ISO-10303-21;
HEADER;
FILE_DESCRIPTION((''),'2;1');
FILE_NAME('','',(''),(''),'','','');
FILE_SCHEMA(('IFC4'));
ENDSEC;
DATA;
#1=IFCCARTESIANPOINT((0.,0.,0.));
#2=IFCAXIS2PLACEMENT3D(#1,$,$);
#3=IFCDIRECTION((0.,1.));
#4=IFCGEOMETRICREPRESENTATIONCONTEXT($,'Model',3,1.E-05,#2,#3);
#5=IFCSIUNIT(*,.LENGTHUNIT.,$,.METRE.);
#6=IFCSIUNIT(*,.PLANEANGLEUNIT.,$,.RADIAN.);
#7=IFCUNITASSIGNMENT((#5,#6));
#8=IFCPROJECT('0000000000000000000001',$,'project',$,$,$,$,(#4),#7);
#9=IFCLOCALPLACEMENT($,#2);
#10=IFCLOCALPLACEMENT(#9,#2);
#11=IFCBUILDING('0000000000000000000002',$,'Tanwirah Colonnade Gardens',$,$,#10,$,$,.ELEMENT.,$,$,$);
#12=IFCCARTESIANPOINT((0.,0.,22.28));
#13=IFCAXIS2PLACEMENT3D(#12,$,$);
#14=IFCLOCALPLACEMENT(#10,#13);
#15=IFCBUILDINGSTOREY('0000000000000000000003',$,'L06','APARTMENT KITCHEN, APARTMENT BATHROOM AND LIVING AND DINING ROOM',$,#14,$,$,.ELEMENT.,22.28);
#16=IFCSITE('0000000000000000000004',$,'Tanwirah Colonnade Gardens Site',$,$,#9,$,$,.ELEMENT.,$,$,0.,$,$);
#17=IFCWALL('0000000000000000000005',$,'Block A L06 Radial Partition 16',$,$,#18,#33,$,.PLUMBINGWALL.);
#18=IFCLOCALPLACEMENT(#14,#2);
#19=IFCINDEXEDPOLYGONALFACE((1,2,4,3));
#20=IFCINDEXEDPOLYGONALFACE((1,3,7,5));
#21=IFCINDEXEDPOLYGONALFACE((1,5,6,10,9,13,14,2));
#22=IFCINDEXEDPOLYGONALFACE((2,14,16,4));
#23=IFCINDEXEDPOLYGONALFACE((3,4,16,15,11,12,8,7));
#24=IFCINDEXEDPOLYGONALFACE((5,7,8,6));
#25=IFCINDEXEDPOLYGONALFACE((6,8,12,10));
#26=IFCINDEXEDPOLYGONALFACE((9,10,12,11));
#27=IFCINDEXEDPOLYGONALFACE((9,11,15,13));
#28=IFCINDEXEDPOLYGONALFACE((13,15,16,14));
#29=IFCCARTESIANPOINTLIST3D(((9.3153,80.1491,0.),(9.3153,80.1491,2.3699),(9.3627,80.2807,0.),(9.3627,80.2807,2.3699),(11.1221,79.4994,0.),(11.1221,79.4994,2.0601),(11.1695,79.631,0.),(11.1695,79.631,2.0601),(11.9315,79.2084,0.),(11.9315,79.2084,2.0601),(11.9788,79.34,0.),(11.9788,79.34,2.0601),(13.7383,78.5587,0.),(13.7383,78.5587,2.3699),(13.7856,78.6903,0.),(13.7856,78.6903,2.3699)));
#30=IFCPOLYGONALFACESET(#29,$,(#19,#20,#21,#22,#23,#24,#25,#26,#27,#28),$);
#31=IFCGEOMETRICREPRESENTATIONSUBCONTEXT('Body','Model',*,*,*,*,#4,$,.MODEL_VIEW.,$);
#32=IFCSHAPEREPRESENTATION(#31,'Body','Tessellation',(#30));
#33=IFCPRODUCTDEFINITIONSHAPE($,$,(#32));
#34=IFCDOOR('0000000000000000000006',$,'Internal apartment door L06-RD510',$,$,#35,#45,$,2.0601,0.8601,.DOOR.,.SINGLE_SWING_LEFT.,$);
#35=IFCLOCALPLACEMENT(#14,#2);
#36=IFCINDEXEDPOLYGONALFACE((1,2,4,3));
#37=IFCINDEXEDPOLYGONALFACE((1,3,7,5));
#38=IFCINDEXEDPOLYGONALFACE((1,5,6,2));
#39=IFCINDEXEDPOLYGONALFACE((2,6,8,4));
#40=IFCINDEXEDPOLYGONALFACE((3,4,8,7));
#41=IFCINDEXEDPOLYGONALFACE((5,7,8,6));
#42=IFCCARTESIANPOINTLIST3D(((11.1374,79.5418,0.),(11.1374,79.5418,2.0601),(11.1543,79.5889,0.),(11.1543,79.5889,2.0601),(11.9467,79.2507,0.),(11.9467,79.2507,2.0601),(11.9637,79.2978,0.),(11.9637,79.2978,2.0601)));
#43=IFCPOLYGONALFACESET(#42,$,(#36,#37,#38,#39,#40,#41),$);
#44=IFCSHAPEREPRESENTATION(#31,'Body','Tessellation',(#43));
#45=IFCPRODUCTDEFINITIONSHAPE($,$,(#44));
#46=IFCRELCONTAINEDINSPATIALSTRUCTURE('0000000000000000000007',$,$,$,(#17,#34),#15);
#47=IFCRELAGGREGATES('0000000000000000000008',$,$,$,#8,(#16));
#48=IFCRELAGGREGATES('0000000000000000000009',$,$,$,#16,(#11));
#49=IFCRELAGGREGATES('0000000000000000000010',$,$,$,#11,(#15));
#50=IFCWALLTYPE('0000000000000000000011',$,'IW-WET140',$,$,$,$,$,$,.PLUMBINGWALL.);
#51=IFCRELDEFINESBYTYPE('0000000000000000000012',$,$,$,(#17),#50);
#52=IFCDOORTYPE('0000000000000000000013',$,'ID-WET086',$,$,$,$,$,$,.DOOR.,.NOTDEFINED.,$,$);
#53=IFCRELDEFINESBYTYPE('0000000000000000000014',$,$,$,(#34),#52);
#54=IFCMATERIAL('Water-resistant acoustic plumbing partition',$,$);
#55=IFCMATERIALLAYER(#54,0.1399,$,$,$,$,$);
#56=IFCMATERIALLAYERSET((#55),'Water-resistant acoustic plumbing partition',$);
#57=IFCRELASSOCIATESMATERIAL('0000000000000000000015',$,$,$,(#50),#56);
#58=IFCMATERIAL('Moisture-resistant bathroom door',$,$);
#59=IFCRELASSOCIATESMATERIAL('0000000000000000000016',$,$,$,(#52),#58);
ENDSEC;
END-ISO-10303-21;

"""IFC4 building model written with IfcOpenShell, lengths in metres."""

from ifc_helpers import new_model, si_unit, direction, frame, frame_2d, origin, place, context, subcontext, project, spatial, rectangle, extrude, material, layer, layer_set, type_object, element, fill, save


model = new_model("IFC4")

# Units and contexts
model_context = context("Model", 3, precision=1e-05, world=origin(), true_north=direction((0.0, 1.0)))
body_context = subcontext(model_context, "Body", "Model", "MODEL_VIEW")
ifc_project = project(units=[si_unit("LENGTHUNIT", "METRE"), si_unit("PLANEANGLEUNIT", "RADIAN")], contexts=[model_context])

# Site, building, storey
site_placement = place(None, origin())
site = spatial("IfcSite", under=ifc_project, at=site_placement, Name="Tanwirah Colonnade Gardens Site", CompositionType="ELEMENT", RefElevation=0.0)
building_placement = place(site_placement, origin())
building = spatial("IfcBuilding", under=site, at=building_placement, Name="Tanwirah Colonnade Gardens", CompositionType="ELEMENT")
storey_placement = place(building_placement, frame((0.0, 0.0, 22.28)))
storey = spatial("IfcBuildingStorey", under=building, at=storey_placement, Name="L06", Description="APARTMENT KITCHEN, APARTMENT BATHROOM AND LIVING AND DINING ROOM", CompositionType="ELEMENT", Elevation=22.28)

# Wall, opening, door
ifc_material_1 = material(Name="Water-resistant acoustic plumbing partition")
ifc_layer_1 = layer(ifc_material_1, 0.1399)
ifc_layer_set_1 = layer_set([ifc_layer_1], Name="Water-resistant acoustic plumbing partition")
wall_type_1 = type_object("IfcWallType", Name="IW-WET140", PredefinedType="PLUMBINGWALL", material=ifc_layer_set_1)
wall_1_placement = place(storey_placement, frame((13.762, 78.6245, 0.0), z_axis=(0.0, 0.0, 1.0), x_axis=(-0.941016, 0.338363, 0.0)))
wall_1 = element("IfcWall", 1, at=wall_1_placement, inside=storey, type_object=wall_type_1, Name="Block A L06 Radial Partition 16", PredefinedType="PLUMBINGWALL", context=body_context, shape_type="SweptSolid", body=[
    extrude(rectangle(XDim=4.7002, YDim=0.1399, at=frame_2d((2.3501, 0.0))), origin(), (0.0, 0.0, 1.0), 2.3699),
])
opening_1_placement = place(wall_1_placement, frame((1.9199, 0.0, 0.0)))
opening_1 = element("IfcOpeningElement", 2, at=opening_1_placement, cuts=wall_1, PredefinedType="OPENING", context=body_context, shape_type="SweptSolid", body=[
    extrude(rectangle(XDim=0.8601, YDim=2.0601, at=frame_2d((0.4302, 1.03))), frame((0.0, 0.0798, 0.0), z_axis=(0.0, -1.0, 0.0), x_axis=(1.0, 0.0, 0.0)), (0.0, 0.0, 1.0), 0.1599),
])
ifc_material_2 = material(Name="Moisture-resistant bathroom door")
door_type_1 = type_object("IfcDoorType", Name="ID-WET086", OperationType="NOTDEFINED", PredefinedType="DOOR", material=ifc_material_2)
door_1_placement = place(opening_1_placement, origin())
door_1 = element("IfcDoor", 3, at=door_1_placement, inside=storey, type_object=door_type_1, Name="Internal apartment door L06-RD510", OperationType="SINGLE_SWING_LEFT", OverallHeight=2.0601, OverallWidth=0.8601, PredefinedType="DOOR", context=body_context, shape_type="SweptSolid", body=[
    extrude(rectangle(XDim=0.8601, YDim=2.0601, at=frame_2d((0.4302, 1.03))), frame((0.0, 0.0249, 0.0), z_axis=(0.0, -1.0, 0.0), x_axis=(1.0, 0.0, 0.0)), (0.0, 0.0, 1.0), 0.05),
])
fill(opening_1, door_1)

save(model, "model.ifc")
